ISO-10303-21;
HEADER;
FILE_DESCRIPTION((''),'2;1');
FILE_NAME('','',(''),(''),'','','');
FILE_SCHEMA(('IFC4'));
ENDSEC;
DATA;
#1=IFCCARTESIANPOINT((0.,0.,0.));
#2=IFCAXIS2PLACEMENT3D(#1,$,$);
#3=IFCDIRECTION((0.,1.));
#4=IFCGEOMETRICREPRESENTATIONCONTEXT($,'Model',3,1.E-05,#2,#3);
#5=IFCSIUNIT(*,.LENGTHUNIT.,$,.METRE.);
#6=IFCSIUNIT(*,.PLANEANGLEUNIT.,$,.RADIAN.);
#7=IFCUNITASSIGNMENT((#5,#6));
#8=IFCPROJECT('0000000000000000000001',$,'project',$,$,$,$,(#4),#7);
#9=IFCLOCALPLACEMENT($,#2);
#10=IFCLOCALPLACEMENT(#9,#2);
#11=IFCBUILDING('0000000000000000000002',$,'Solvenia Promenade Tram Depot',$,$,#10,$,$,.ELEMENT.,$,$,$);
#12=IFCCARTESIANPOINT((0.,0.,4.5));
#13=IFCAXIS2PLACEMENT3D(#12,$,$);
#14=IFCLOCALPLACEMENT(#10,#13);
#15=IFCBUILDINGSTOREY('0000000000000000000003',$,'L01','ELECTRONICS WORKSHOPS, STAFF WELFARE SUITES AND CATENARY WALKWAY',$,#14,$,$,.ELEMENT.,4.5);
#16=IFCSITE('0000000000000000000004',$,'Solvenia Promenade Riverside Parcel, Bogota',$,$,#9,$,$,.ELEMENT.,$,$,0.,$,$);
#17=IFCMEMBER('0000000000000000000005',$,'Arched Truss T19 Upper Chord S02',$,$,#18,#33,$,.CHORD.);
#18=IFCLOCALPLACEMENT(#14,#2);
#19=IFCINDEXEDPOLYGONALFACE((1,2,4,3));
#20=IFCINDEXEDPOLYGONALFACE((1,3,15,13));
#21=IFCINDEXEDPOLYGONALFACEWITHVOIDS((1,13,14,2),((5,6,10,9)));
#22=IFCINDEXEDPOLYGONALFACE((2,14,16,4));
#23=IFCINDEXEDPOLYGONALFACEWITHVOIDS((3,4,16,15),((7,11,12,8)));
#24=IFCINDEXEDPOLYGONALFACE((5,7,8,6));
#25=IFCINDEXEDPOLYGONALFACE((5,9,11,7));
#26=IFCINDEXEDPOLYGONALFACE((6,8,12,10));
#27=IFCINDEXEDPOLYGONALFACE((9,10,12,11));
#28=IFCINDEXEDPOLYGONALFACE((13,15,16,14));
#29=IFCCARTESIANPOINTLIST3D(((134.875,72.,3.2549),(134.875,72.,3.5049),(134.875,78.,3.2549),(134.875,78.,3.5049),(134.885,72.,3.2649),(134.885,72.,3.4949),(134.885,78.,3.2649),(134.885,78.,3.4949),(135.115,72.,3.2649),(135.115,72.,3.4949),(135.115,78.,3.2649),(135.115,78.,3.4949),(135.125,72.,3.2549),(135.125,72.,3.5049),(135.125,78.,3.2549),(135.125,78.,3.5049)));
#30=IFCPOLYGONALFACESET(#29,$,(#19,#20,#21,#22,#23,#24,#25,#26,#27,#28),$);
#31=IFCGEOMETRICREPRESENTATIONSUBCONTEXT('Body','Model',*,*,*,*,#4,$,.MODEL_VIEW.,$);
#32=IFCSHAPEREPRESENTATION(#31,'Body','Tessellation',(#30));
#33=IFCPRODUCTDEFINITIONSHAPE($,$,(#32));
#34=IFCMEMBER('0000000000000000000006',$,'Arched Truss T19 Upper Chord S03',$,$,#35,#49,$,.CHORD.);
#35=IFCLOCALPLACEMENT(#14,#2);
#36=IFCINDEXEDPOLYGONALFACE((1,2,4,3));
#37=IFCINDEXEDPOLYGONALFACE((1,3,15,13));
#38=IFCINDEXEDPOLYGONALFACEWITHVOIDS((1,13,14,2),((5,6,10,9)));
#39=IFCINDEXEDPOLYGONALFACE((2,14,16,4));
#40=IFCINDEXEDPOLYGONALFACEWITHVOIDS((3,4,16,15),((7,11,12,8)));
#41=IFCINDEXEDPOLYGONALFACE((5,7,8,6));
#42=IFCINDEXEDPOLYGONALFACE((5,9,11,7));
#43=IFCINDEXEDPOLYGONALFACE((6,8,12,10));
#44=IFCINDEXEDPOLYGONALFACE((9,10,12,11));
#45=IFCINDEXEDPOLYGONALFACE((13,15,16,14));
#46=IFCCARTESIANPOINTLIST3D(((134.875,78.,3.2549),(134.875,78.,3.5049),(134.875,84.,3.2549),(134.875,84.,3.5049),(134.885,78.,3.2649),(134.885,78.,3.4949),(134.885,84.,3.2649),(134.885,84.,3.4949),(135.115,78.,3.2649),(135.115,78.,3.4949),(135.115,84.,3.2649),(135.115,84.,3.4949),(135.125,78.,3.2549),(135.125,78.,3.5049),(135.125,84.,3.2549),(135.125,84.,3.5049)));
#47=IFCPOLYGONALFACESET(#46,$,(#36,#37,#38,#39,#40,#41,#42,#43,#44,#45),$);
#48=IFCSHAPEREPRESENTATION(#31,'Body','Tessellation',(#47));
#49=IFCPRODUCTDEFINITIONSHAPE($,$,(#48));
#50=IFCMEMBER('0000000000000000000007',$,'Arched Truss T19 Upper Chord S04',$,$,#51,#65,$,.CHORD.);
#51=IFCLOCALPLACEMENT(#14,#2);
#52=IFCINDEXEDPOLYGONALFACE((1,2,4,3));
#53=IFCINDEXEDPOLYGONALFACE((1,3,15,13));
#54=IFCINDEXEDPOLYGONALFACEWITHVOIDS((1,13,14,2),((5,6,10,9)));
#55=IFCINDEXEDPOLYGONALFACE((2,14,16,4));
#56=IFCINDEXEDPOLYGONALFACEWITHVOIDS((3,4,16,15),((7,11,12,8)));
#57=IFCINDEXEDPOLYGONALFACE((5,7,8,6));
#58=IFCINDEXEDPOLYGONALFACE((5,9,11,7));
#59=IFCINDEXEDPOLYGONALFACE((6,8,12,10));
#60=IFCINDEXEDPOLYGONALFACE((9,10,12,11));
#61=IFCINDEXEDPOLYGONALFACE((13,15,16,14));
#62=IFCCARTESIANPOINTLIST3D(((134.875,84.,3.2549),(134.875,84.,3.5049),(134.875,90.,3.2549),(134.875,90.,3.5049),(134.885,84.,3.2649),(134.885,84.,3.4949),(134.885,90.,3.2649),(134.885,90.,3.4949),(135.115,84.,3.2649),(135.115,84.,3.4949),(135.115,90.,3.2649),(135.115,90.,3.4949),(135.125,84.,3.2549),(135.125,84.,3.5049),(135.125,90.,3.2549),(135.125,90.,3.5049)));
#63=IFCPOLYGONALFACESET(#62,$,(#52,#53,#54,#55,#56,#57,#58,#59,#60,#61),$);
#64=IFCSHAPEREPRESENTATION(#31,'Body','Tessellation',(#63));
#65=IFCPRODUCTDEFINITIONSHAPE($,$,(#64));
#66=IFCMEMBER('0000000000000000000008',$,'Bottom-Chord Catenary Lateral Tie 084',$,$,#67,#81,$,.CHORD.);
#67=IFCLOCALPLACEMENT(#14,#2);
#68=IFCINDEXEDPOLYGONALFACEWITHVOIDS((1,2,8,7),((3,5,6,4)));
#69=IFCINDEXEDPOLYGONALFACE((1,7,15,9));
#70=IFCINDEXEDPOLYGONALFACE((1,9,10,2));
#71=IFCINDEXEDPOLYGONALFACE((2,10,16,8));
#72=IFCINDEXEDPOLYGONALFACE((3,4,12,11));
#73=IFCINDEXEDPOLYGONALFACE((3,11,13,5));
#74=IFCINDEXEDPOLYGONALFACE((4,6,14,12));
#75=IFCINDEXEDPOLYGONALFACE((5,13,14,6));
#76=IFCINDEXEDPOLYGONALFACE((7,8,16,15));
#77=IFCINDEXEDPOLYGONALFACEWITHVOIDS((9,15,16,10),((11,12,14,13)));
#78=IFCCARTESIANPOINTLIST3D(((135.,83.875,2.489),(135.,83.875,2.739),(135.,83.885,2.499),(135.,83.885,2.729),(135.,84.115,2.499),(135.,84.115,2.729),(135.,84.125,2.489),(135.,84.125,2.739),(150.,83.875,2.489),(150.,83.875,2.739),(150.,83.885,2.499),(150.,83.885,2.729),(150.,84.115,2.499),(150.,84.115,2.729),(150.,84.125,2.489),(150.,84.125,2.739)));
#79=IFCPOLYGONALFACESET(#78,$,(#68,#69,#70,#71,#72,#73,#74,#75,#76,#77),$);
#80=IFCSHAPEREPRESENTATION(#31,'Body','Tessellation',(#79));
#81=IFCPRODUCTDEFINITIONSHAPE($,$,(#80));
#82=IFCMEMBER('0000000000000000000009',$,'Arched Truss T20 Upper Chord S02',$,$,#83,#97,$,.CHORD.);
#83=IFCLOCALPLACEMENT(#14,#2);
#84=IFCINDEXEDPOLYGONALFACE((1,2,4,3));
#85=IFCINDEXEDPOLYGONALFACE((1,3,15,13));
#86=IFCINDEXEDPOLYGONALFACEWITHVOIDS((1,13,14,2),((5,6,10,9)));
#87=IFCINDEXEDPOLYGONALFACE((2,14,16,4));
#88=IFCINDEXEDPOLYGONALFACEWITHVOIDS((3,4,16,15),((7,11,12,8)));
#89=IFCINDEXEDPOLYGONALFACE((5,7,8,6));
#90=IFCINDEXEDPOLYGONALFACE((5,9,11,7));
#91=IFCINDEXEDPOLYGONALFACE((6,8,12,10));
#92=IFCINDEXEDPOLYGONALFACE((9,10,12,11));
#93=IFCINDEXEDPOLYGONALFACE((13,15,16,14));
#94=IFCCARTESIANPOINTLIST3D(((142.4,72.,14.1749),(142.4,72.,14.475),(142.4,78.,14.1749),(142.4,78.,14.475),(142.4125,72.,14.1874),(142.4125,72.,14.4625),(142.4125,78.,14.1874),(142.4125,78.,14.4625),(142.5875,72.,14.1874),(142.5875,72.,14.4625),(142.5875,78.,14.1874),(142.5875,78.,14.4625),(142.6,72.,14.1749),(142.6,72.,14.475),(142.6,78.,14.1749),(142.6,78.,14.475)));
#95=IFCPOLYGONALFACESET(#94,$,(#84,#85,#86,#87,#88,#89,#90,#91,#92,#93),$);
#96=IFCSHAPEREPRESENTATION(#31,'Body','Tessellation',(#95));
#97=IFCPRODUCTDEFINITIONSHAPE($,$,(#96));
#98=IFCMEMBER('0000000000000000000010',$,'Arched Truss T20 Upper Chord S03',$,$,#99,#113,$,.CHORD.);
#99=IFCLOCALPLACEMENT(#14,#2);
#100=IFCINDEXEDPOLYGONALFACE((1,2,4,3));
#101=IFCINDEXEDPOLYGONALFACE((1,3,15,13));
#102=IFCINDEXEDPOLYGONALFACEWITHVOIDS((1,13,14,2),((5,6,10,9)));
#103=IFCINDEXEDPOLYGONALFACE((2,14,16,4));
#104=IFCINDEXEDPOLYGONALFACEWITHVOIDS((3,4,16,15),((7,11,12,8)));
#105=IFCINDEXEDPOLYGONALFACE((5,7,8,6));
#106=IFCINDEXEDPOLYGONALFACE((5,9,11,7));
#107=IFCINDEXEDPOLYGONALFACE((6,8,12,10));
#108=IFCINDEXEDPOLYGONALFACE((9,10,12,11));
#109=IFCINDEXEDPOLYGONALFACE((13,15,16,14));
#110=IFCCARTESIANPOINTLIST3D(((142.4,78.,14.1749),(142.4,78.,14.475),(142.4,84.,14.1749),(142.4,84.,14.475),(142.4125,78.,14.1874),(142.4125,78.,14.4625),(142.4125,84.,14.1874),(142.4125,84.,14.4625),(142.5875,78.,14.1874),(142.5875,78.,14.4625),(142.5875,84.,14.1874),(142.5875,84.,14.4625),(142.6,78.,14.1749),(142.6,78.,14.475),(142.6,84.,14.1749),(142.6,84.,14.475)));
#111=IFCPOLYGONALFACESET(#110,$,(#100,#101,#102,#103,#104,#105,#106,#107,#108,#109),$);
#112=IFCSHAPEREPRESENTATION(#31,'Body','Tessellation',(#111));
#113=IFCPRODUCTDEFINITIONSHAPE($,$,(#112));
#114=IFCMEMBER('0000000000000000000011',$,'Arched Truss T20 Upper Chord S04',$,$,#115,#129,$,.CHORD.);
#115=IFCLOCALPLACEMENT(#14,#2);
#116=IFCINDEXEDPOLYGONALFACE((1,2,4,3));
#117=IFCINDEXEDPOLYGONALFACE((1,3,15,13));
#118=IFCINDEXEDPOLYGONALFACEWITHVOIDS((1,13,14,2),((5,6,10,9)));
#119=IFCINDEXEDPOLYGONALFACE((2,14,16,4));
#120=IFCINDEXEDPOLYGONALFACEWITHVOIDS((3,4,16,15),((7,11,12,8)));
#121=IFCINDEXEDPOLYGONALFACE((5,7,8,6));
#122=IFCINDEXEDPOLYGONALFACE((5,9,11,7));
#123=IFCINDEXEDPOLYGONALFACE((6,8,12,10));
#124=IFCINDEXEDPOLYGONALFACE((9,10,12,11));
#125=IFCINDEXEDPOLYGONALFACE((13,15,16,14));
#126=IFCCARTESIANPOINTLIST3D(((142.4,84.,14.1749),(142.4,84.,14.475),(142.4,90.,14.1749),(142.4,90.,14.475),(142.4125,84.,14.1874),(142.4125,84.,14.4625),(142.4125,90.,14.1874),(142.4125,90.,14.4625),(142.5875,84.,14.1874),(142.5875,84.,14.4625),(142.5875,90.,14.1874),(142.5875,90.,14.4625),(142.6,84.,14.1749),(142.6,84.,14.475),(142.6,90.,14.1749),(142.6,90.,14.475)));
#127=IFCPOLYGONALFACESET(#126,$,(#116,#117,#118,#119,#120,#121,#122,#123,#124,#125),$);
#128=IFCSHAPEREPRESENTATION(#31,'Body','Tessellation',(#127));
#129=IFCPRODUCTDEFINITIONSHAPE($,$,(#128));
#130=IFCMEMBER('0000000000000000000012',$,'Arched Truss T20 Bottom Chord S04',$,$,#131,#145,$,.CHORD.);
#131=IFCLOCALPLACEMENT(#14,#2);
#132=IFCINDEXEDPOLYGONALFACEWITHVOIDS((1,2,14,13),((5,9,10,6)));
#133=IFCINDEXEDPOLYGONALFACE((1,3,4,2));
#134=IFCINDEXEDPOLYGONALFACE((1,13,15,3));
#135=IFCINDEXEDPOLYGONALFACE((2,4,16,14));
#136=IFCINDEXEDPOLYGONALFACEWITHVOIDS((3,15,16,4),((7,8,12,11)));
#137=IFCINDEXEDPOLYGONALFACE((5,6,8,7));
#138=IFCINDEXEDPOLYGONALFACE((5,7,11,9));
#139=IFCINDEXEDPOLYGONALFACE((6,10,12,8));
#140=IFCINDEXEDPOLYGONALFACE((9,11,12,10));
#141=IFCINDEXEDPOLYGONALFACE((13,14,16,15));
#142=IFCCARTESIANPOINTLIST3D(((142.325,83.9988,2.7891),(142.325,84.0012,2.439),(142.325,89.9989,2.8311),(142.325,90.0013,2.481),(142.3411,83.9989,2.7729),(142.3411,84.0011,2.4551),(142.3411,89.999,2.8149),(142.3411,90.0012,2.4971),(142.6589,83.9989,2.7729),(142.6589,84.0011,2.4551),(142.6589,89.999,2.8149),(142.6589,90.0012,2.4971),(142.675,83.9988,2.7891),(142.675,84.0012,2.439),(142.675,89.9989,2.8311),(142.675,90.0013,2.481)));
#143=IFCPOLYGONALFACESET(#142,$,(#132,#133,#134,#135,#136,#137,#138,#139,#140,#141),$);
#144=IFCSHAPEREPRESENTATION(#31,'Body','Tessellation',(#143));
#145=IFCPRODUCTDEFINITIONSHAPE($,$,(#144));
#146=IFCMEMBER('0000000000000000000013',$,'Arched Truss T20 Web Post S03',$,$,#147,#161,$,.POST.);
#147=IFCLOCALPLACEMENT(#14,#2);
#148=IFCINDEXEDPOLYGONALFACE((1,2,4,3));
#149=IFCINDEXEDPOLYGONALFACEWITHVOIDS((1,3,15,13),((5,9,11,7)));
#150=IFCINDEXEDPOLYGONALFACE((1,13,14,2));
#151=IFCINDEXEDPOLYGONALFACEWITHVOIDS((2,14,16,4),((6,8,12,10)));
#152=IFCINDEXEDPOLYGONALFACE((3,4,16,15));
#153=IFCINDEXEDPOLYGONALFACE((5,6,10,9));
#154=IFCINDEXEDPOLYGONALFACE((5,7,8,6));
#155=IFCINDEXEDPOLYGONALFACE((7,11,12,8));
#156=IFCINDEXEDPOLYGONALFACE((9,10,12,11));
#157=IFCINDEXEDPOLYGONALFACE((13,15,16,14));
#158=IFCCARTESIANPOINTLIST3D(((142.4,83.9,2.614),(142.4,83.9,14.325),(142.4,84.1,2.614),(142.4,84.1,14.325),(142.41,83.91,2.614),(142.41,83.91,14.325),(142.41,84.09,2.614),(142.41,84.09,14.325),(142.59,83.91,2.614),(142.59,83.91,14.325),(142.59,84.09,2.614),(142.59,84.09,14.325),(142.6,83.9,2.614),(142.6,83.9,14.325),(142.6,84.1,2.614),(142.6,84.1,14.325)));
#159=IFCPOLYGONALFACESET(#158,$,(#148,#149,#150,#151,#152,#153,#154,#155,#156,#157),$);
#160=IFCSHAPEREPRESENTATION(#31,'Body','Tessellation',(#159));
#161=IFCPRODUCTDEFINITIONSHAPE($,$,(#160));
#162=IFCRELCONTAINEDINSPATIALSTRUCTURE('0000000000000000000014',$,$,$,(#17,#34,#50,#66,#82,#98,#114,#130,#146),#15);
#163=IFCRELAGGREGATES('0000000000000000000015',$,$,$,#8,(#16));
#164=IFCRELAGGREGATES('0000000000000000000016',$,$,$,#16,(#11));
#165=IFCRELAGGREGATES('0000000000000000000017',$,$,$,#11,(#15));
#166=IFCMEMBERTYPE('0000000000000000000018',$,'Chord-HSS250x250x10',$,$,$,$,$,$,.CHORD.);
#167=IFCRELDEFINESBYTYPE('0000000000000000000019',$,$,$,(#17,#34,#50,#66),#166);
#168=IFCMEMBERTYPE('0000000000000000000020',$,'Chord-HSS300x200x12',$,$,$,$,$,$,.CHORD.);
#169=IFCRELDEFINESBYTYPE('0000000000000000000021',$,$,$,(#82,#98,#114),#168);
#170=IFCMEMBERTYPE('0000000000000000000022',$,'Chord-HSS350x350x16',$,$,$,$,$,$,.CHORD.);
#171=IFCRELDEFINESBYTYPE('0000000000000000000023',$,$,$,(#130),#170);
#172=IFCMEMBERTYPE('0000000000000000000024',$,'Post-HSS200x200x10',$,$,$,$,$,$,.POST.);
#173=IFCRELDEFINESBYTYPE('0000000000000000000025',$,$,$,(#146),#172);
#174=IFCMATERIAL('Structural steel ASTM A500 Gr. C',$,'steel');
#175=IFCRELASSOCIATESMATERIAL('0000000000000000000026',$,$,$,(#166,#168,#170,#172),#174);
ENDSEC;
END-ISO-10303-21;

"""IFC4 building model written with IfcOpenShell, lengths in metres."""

from ifc_helpers import new_model, si_unit, direction, frame, origin, origin_2d, place, context, subcontext, project, spatial, hollow_rectangle, extrude, material, material_profile, profile_set, type_object, element, save


model = new_model("IFC4")

# Units and contexts
model_context = context("Model", 3, precision=1e-05, world=origin(), true_north=direction((0.0, 1.0)))
body_context = subcontext(model_context, "Body", "Model", "MODEL_VIEW")
ifc_project = project(units=[si_unit("LENGTHUNIT", "METRE"), si_unit("PLANEANGLEUNIT", "RADIAN")], contexts=[model_context])

# Site, building, storey
site_placement = place(None, origin())
site = spatial("IfcSite", under=ifc_project, at=site_placement, Name="Solvenia Promenade Riverside Parcel, Bogota", CompositionType="ELEMENT", RefElevation=0.0)
building_placement = place(site_placement, origin())
building = spatial("IfcBuilding", under=site, at=building_placement, Name="Solvenia Promenade Tram Depot", CompositionType="ELEMENT")
storey_placement = place(building_placement, frame((0.0, 0.0, 4.5)))
storey = spatial("IfcBuildingStorey", under=building, at=storey_placement, Name="L01", Description="ELECTRONICS WORKSHOPS, STAFF WELFARE SUITES AND CATENARY WALKWAY", CompositionType="ELEMENT", Elevation=4.5)

# Members
ifc_material_1 = material(Name="Structural steel ASTM A500 Gr. C", Category="steel")
ifc_material_profile_1 = material_profile(ifc_material_1, hollow_rectangle(XDim=0.25, YDim=0.25, WallThickness=0.01, at=origin_2d()), Name="HSS250x250x10", Category="steel")
ifc_profile_set_1 = profile_set([ifc_material_profile_1], Name="Structural steel ASTM A500 Gr. C")
member_type_1 = type_object("IfcMemberType", Name="Chord-HSS250x250x10", PredefinedType="CHORD", material=ifc_profile_set_1)
for number, where, z_axis, x_axis, name in (
    (1, (135.0, 72.0, 3.3799), (0.0, 1.0, 0.0), (-1.0, 0.0, 0.0), "Arched Truss T19 Upper Chord S02"),
    (2, (135.0, 78.0, 3.3799), (0.0, 1.0, 0.0), (-1.0, 0.0, 0.0), "Arched Truss T19 Upper Chord S03"),
    (3, (135.0, 84.0, 3.3799), (0.0, 1.0, 0.0), (-1.0, 0.0, 0.0), "Arched Truss T19 Upper Chord S04"),
):
    element("IfcMember", number, at=place(storey_placement, frame(where, z_axis=z_axis, x_axis=x_axis)), inside=storey, type_object=member_type_1, Name=name, PredefinedType="CHORD", context=body_context, shape_type="SweptSolid", body=[
        extrude(hollow_rectangle(XDim=0.25, YDim=0.25, WallThickness=0.01, at=origin_2d()), origin(), (0.0, 0.0, 1.0), 6.0),
    ])
member_1_placement = place(storey_placement, frame((135.0, 84.0, 2.614), z_axis=(1.0, 0.0, 0.0), x_axis=(0.0, 1.0, 0.0)))
element("IfcMember", 4, at=member_1_placement, inside=storey, type_object=member_type_1, Name="Bottom-Chord Catenary Lateral Tie 084", PredefinedType="CHORD", context=body_context, shape_type="SweptSolid", body=[
    extrude(hollow_rectangle(XDim=0.25, YDim=0.25, WallThickness=0.01, at=origin_2d()), origin(), (0.0, 0.0, 1.0), 15.0),
])
ifc_material_profile_2 = material_profile(ifc_material_1, hollow_rectangle(XDim=0.2, YDim=0.3, WallThickness=0.0125, at=origin_2d()), Name="HSS300x200x12.5", Category="steel")
ifc_profile_set_2 = profile_set([ifc_material_profile_2], Name="Structural steel ASTM A500 Gr. C")
member_type_2 = type_object("IfcMemberType", Name="Chord-HSS300x200x12", PredefinedType="CHORD", material=ifc_profile_set_2)
for number, where, z_axis, x_axis, name in (
    (5, (142.5, 72.0, 14.325), (0.0, 1.0, 0.0), (-1.0, 0.0, 0.0), "Arched Truss T20 Upper Chord S02"),
    (6, (142.5, 78.0, 14.325), (0.0, 1.0, 0.0), (-1.0, 0.0, 0.0), "Arched Truss T20 Upper Chord S03"),
    (7, (142.5, 84.0, 14.325), (0.0, 1.0, 0.0), (-1.0, 0.0, 0.0), "Arched Truss T20 Upper Chord S04"),
):
    element("IfcMember", number, at=place(storey_placement, frame(where, z_axis=z_axis, x_axis=x_axis)), inside=storey, type_object=member_type_2, Name=name, PredefinedType="CHORD", context=body_context, shape_type="SweptSolid", body=[
        extrude(hollow_rectangle(XDim=0.2, YDim=0.3, WallThickness=0.0125, at=origin_2d()), origin(), (0.0, 0.0, 1.0), 6.0),
    ])
ifc_material_profile_3 = material_profile(ifc_material_1, hollow_rectangle(XDim=0.3501, YDim=0.3501, WallThickness=0.0161, at=origin_2d()), Name="HSS350x350x16", Category="steel")
ifc_profile_set_3 = profile_set([ifc_material_profile_3], Name="Structural steel ASTM A500 Gr. C")
member_type_3 = type_object("IfcMemberType", Name="Chord-HSS350x350x16", PredefinedType="CHORD", material=ifc_profile_set_3)
member_2_placement = place(storey_placement, frame((142.5, 84.0, 2.614), z_axis=(0.0, 0.999976, 0.006999), x_axis=(-1.0, 0.0, 0.0)))
element("IfcMember", 8, at=member_2_placement, inside=storey, type_object=member_type_3, Name="Arched Truss T20 Bottom Chord S04", PredefinedType="CHORD", context=body_context, shape_type="SweptSolid", body=[
    extrude(hollow_rectangle(XDim=0.3501, YDim=0.3501, WallThickness=0.0161, at=origin_2d()), origin(), (0.0, 0.0, 1.0), 6.0002),
])
ifc_material_profile_4 = material_profile(ifc_material_1, hollow_rectangle(XDim=0.2, YDim=0.2, WallThickness=0.01, at=origin_2d()), Name="HSS200x200x10", Category="steel")
ifc_profile_set_4 = profile_set([ifc_material_profile_4], Name="Structural steel ASTM A500 Gr. C")
member_type_4 = type_object("IfcMemberType", Name="Post-HSS200x200x10", PredefinedType="POST", material=ifc_profile_set_4)
member_3_placement = place(storey_placement, frame((142.5, 84.0, 2.614), z_axis=(0.0, 0.0, 1.0), x_axis=(1.0, 0.0, 0.0)))
element("IfcMember", 9, at=member_3_placement, inside=storey, type_object=member_type_4, Name="Arched Truss T20 Web Post S03", PredefinedType="POST", context=body_context, shape_type="SweptSolid", body=[
    extrude(hollow_rectangle(XDim=0.2, YDim=0.2, WallThickness=0.01, at=origin_2d()), origin(), (0.0, 0.0, 1.0), 11.7109),
])

save(model, "model.ifc")
